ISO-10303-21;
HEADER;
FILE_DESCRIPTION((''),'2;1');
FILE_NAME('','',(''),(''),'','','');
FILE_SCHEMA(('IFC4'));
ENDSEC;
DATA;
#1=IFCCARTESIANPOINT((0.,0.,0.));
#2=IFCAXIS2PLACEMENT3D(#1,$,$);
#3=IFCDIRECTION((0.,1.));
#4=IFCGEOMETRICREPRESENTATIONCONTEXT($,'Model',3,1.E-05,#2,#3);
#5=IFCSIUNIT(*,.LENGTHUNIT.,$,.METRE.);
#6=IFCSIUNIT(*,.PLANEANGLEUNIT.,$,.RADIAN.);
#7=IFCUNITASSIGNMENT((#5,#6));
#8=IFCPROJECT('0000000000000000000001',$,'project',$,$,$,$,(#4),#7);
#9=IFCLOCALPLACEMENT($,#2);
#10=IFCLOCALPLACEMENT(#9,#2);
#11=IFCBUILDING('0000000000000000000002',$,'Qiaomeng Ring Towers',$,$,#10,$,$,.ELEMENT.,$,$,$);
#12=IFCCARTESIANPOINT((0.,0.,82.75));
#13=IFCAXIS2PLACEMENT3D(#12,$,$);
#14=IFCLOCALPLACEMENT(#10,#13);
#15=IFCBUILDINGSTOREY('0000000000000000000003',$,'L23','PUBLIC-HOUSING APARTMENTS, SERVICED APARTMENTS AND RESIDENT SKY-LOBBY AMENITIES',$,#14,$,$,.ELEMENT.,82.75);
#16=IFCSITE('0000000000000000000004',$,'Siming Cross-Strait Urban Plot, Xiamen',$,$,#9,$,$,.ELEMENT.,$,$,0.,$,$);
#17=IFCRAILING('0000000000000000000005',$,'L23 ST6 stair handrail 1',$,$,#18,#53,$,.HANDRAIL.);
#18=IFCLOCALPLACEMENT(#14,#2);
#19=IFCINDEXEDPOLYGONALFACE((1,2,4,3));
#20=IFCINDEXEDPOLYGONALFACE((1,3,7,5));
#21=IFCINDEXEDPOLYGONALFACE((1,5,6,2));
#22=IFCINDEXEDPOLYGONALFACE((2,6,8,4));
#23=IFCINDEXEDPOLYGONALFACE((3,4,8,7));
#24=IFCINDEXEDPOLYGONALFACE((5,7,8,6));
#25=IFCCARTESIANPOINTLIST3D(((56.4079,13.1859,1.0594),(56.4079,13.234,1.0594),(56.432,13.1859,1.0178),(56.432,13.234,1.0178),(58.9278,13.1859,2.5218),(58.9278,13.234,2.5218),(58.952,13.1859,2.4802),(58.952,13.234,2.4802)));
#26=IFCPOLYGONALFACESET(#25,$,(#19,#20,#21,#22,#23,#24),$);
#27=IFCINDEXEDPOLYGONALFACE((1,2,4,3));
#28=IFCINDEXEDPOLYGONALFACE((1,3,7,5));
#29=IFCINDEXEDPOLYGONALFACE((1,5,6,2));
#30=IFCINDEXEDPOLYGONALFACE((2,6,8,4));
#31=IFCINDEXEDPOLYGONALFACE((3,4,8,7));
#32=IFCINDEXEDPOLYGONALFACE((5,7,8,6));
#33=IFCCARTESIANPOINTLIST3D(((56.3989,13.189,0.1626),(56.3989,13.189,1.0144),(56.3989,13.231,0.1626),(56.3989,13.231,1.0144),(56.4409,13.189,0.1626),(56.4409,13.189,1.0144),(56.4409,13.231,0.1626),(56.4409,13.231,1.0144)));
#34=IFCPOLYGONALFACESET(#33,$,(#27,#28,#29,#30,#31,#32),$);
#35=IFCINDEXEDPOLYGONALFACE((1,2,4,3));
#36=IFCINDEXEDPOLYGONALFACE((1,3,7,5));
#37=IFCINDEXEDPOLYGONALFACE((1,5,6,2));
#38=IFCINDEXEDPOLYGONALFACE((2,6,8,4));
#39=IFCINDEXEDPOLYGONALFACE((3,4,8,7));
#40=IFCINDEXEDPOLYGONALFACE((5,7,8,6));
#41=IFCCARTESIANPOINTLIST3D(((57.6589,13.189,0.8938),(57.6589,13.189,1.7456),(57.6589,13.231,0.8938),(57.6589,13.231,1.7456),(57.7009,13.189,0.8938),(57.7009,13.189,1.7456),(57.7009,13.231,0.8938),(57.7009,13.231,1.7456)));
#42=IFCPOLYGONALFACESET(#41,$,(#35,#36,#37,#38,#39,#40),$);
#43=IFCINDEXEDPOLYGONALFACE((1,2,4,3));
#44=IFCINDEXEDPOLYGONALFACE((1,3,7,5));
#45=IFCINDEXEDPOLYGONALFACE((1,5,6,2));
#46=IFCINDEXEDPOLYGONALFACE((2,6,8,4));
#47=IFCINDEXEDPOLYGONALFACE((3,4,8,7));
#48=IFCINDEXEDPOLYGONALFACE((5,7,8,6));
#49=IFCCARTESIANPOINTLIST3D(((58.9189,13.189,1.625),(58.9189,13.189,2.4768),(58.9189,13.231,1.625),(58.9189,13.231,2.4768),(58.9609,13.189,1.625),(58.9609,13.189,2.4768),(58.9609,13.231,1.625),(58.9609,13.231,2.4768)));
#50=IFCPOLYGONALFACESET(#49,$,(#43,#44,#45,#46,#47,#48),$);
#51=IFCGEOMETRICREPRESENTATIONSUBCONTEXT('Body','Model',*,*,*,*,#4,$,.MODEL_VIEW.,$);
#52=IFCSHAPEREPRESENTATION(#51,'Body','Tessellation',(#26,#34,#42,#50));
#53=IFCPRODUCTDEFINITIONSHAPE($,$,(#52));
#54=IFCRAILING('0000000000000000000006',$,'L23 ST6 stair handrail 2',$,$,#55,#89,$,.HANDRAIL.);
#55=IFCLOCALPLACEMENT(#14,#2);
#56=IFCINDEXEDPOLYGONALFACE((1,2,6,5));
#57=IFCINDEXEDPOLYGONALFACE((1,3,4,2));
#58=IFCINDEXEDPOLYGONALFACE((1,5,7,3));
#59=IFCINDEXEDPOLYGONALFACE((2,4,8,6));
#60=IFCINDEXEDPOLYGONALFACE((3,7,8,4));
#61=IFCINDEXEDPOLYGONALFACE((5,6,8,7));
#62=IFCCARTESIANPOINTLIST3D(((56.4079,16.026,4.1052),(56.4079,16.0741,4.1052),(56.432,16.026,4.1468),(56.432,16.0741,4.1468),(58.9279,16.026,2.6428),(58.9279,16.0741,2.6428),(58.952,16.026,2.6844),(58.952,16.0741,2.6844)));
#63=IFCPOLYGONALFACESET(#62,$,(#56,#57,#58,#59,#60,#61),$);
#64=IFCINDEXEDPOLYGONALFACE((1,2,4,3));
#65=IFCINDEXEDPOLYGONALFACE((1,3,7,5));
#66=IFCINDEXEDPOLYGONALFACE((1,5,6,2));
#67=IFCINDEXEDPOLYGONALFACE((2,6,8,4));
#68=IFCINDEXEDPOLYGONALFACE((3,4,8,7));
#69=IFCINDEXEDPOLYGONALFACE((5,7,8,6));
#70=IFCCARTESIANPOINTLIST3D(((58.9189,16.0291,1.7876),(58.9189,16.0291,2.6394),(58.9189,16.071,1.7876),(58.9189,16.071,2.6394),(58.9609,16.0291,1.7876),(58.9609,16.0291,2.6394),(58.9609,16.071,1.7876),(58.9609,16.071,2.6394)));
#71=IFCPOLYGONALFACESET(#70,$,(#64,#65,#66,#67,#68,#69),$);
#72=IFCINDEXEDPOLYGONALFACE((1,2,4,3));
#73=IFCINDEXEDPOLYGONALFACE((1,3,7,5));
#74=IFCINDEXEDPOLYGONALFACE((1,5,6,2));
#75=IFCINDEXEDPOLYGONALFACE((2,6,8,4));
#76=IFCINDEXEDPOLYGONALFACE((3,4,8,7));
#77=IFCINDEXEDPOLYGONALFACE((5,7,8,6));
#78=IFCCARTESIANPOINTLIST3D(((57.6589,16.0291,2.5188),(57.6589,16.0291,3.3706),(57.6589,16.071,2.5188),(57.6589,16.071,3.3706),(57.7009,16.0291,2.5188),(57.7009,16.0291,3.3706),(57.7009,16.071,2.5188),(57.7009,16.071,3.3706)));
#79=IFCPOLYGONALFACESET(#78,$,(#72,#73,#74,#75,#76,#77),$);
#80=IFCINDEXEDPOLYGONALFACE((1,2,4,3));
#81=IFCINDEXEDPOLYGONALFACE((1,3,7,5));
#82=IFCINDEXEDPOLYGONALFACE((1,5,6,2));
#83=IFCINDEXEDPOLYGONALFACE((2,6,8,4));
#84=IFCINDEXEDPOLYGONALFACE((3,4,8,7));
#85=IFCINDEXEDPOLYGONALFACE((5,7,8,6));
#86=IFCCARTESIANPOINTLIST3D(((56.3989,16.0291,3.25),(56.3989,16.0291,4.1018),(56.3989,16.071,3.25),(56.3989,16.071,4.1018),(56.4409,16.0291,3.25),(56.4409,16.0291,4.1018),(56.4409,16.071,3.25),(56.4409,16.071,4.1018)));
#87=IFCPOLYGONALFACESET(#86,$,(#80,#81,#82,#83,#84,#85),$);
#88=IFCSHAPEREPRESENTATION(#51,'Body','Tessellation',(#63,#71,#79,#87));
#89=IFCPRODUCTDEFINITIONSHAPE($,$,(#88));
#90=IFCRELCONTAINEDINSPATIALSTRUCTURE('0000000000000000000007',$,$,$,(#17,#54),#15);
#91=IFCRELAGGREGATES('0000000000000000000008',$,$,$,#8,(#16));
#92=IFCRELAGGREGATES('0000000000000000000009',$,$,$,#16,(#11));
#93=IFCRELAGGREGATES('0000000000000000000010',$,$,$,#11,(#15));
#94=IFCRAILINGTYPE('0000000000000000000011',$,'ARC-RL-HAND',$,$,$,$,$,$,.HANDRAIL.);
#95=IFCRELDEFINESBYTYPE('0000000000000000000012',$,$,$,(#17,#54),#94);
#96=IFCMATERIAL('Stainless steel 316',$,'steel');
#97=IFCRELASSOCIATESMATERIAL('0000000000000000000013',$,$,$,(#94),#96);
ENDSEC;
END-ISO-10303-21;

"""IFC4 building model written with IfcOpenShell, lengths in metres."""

from ifc_helpers import new_model, si_unit, direction, frame, origin, origin_2d, place, context, subcontext, project, spatial, rectangle, extrude, material, type_object, element, save


model = new_model("IFC4")

# Units and contexts
model_context = context("Model", 3, precision=1e-05, world=origin(), true_north=direction((0.0, 1.0)))
body_context = subcontext(model_context, "Body", "Model", "MODEL_VIEW")
ifc_project = project(units=[si_unit("LENGTHUNIT", "METRE"), si_unit("PLANEANGLEUNIT", "RADIAN")], contexts=[model_context])

# Site, building, storey
site_placement = place(None, origin())
site = spatial("IfcSite", under=ifc_project, at=site_placement, Name="Siming Cross-Strait Urban Plot, Xiamen", CompositionType="ELEMENT", RefElevation=0.0)
building_placement = place(site_placement, origin())
building = spatial("IfcBuilding", under=site, at=building_placement, Name="Qiaomeng Ring Towers", CompositionType="ELEMENT")
storey_placement = place(building_placement, frame((0.0, 0.0, 82.75)))
storey = spatial("IfcBuildingStorey", under=building, at=storey_placement, Name="L23", Description="PUBLIC-HOUSING APARTMENTS, SERVICED APARTMENTS AND RESIDENT SKY-LOBBY AMENITIES", CompositionType="ELEMENT", Elevation=82.75)

# Shared definitions
ifc_material_1 = material(Name="Stainless steel 316", Category="steel")

# Railings
railing_type_1 = type_object("IfcRailingType", Name="ARC-RL-HAND", PredefinedType="HANDRAIL", material=ifc_material_1)
railing_1_placement = place(storey_placement, frame((56.4199, 13.21, 0.1626)))
element("IfcRailing", 1, at=railing_1_placement, inside=storey, type_object=railing_type_1, Name="L23 ST6 stair handrail 1", PredefinedType="HANDRAIL", context=body_context, shape_type="SweptSolid", body=[
    extrude(rectangle(XDim=0.0481, YDim=0.0481, at=origin_2d()), frame((0.0, 0.0, 0.876), z_axis=(0.864913, 0.0, 0.501921), x_axis=(0.0, 1.0, 0.0)), (0.0, 0.0, 1.0), 2.9136),
    extrude(rectangle(XDim=0.042, YDim=0.042, at=origin_2d()), origin(), (0.0, 0.0, 1.0), 0.8518),
    extrude(rectangle(XDim=0.042, YDim=0.042, at=origin_2d()), frame((1.26, 0.0, 0.7312)), (0.0, 0.0, 1.0), 0.8518),
    extrude(rectangle(XDim=0.042, YDim=0.042, at=origin_2d()), frame((2.52, 0.0, 1.4624)), (0.0, 0.0, 1.0), 0.8518),
])
railing_2_placement = place(storey_placement, frame((58.9399, 16.05, 1.7876)))
element("IfcRailing", 2, at=railing_2_placement, inside=storey, type_object=railing_type_1, Name="L23 ST6 stair handrail 2", PredefinedType="HANDRAIL", context=body_context, shape_type="SweptSolid", body=[
    extrude(rectangle(XDim=0.0481, YDim=0.0481, at=origin_2d()), frame((0.0, 0.0, 0.876), z_axis=(-0.864913, 0.0, 0.501921), x_axis=(0.0, -1.0, 0.0)), (0.0, 0.0, 1.0), 2.9136),
    extrude(rectangle(XDim=0.042, YDim=0.042, at=origin_2d()), origin(), (0.0, 0.0, 1.0), 0.8518),
    extrude(rectangle(XDim=0.042, YDim=0.042, at=origin_2d()), frame((-1.26, 0.0, 0.7312)), (0.0, 0.0, 1.0), 0.8518),
    extrude(rectangle(XDim=0.042, YDim=0.042, at=origin_2d()), frame((-2.52, 0.0, 1.4624)), (0.0, 0.0, 1.0), 0.8518),
])

save(model, "model.ifc")
